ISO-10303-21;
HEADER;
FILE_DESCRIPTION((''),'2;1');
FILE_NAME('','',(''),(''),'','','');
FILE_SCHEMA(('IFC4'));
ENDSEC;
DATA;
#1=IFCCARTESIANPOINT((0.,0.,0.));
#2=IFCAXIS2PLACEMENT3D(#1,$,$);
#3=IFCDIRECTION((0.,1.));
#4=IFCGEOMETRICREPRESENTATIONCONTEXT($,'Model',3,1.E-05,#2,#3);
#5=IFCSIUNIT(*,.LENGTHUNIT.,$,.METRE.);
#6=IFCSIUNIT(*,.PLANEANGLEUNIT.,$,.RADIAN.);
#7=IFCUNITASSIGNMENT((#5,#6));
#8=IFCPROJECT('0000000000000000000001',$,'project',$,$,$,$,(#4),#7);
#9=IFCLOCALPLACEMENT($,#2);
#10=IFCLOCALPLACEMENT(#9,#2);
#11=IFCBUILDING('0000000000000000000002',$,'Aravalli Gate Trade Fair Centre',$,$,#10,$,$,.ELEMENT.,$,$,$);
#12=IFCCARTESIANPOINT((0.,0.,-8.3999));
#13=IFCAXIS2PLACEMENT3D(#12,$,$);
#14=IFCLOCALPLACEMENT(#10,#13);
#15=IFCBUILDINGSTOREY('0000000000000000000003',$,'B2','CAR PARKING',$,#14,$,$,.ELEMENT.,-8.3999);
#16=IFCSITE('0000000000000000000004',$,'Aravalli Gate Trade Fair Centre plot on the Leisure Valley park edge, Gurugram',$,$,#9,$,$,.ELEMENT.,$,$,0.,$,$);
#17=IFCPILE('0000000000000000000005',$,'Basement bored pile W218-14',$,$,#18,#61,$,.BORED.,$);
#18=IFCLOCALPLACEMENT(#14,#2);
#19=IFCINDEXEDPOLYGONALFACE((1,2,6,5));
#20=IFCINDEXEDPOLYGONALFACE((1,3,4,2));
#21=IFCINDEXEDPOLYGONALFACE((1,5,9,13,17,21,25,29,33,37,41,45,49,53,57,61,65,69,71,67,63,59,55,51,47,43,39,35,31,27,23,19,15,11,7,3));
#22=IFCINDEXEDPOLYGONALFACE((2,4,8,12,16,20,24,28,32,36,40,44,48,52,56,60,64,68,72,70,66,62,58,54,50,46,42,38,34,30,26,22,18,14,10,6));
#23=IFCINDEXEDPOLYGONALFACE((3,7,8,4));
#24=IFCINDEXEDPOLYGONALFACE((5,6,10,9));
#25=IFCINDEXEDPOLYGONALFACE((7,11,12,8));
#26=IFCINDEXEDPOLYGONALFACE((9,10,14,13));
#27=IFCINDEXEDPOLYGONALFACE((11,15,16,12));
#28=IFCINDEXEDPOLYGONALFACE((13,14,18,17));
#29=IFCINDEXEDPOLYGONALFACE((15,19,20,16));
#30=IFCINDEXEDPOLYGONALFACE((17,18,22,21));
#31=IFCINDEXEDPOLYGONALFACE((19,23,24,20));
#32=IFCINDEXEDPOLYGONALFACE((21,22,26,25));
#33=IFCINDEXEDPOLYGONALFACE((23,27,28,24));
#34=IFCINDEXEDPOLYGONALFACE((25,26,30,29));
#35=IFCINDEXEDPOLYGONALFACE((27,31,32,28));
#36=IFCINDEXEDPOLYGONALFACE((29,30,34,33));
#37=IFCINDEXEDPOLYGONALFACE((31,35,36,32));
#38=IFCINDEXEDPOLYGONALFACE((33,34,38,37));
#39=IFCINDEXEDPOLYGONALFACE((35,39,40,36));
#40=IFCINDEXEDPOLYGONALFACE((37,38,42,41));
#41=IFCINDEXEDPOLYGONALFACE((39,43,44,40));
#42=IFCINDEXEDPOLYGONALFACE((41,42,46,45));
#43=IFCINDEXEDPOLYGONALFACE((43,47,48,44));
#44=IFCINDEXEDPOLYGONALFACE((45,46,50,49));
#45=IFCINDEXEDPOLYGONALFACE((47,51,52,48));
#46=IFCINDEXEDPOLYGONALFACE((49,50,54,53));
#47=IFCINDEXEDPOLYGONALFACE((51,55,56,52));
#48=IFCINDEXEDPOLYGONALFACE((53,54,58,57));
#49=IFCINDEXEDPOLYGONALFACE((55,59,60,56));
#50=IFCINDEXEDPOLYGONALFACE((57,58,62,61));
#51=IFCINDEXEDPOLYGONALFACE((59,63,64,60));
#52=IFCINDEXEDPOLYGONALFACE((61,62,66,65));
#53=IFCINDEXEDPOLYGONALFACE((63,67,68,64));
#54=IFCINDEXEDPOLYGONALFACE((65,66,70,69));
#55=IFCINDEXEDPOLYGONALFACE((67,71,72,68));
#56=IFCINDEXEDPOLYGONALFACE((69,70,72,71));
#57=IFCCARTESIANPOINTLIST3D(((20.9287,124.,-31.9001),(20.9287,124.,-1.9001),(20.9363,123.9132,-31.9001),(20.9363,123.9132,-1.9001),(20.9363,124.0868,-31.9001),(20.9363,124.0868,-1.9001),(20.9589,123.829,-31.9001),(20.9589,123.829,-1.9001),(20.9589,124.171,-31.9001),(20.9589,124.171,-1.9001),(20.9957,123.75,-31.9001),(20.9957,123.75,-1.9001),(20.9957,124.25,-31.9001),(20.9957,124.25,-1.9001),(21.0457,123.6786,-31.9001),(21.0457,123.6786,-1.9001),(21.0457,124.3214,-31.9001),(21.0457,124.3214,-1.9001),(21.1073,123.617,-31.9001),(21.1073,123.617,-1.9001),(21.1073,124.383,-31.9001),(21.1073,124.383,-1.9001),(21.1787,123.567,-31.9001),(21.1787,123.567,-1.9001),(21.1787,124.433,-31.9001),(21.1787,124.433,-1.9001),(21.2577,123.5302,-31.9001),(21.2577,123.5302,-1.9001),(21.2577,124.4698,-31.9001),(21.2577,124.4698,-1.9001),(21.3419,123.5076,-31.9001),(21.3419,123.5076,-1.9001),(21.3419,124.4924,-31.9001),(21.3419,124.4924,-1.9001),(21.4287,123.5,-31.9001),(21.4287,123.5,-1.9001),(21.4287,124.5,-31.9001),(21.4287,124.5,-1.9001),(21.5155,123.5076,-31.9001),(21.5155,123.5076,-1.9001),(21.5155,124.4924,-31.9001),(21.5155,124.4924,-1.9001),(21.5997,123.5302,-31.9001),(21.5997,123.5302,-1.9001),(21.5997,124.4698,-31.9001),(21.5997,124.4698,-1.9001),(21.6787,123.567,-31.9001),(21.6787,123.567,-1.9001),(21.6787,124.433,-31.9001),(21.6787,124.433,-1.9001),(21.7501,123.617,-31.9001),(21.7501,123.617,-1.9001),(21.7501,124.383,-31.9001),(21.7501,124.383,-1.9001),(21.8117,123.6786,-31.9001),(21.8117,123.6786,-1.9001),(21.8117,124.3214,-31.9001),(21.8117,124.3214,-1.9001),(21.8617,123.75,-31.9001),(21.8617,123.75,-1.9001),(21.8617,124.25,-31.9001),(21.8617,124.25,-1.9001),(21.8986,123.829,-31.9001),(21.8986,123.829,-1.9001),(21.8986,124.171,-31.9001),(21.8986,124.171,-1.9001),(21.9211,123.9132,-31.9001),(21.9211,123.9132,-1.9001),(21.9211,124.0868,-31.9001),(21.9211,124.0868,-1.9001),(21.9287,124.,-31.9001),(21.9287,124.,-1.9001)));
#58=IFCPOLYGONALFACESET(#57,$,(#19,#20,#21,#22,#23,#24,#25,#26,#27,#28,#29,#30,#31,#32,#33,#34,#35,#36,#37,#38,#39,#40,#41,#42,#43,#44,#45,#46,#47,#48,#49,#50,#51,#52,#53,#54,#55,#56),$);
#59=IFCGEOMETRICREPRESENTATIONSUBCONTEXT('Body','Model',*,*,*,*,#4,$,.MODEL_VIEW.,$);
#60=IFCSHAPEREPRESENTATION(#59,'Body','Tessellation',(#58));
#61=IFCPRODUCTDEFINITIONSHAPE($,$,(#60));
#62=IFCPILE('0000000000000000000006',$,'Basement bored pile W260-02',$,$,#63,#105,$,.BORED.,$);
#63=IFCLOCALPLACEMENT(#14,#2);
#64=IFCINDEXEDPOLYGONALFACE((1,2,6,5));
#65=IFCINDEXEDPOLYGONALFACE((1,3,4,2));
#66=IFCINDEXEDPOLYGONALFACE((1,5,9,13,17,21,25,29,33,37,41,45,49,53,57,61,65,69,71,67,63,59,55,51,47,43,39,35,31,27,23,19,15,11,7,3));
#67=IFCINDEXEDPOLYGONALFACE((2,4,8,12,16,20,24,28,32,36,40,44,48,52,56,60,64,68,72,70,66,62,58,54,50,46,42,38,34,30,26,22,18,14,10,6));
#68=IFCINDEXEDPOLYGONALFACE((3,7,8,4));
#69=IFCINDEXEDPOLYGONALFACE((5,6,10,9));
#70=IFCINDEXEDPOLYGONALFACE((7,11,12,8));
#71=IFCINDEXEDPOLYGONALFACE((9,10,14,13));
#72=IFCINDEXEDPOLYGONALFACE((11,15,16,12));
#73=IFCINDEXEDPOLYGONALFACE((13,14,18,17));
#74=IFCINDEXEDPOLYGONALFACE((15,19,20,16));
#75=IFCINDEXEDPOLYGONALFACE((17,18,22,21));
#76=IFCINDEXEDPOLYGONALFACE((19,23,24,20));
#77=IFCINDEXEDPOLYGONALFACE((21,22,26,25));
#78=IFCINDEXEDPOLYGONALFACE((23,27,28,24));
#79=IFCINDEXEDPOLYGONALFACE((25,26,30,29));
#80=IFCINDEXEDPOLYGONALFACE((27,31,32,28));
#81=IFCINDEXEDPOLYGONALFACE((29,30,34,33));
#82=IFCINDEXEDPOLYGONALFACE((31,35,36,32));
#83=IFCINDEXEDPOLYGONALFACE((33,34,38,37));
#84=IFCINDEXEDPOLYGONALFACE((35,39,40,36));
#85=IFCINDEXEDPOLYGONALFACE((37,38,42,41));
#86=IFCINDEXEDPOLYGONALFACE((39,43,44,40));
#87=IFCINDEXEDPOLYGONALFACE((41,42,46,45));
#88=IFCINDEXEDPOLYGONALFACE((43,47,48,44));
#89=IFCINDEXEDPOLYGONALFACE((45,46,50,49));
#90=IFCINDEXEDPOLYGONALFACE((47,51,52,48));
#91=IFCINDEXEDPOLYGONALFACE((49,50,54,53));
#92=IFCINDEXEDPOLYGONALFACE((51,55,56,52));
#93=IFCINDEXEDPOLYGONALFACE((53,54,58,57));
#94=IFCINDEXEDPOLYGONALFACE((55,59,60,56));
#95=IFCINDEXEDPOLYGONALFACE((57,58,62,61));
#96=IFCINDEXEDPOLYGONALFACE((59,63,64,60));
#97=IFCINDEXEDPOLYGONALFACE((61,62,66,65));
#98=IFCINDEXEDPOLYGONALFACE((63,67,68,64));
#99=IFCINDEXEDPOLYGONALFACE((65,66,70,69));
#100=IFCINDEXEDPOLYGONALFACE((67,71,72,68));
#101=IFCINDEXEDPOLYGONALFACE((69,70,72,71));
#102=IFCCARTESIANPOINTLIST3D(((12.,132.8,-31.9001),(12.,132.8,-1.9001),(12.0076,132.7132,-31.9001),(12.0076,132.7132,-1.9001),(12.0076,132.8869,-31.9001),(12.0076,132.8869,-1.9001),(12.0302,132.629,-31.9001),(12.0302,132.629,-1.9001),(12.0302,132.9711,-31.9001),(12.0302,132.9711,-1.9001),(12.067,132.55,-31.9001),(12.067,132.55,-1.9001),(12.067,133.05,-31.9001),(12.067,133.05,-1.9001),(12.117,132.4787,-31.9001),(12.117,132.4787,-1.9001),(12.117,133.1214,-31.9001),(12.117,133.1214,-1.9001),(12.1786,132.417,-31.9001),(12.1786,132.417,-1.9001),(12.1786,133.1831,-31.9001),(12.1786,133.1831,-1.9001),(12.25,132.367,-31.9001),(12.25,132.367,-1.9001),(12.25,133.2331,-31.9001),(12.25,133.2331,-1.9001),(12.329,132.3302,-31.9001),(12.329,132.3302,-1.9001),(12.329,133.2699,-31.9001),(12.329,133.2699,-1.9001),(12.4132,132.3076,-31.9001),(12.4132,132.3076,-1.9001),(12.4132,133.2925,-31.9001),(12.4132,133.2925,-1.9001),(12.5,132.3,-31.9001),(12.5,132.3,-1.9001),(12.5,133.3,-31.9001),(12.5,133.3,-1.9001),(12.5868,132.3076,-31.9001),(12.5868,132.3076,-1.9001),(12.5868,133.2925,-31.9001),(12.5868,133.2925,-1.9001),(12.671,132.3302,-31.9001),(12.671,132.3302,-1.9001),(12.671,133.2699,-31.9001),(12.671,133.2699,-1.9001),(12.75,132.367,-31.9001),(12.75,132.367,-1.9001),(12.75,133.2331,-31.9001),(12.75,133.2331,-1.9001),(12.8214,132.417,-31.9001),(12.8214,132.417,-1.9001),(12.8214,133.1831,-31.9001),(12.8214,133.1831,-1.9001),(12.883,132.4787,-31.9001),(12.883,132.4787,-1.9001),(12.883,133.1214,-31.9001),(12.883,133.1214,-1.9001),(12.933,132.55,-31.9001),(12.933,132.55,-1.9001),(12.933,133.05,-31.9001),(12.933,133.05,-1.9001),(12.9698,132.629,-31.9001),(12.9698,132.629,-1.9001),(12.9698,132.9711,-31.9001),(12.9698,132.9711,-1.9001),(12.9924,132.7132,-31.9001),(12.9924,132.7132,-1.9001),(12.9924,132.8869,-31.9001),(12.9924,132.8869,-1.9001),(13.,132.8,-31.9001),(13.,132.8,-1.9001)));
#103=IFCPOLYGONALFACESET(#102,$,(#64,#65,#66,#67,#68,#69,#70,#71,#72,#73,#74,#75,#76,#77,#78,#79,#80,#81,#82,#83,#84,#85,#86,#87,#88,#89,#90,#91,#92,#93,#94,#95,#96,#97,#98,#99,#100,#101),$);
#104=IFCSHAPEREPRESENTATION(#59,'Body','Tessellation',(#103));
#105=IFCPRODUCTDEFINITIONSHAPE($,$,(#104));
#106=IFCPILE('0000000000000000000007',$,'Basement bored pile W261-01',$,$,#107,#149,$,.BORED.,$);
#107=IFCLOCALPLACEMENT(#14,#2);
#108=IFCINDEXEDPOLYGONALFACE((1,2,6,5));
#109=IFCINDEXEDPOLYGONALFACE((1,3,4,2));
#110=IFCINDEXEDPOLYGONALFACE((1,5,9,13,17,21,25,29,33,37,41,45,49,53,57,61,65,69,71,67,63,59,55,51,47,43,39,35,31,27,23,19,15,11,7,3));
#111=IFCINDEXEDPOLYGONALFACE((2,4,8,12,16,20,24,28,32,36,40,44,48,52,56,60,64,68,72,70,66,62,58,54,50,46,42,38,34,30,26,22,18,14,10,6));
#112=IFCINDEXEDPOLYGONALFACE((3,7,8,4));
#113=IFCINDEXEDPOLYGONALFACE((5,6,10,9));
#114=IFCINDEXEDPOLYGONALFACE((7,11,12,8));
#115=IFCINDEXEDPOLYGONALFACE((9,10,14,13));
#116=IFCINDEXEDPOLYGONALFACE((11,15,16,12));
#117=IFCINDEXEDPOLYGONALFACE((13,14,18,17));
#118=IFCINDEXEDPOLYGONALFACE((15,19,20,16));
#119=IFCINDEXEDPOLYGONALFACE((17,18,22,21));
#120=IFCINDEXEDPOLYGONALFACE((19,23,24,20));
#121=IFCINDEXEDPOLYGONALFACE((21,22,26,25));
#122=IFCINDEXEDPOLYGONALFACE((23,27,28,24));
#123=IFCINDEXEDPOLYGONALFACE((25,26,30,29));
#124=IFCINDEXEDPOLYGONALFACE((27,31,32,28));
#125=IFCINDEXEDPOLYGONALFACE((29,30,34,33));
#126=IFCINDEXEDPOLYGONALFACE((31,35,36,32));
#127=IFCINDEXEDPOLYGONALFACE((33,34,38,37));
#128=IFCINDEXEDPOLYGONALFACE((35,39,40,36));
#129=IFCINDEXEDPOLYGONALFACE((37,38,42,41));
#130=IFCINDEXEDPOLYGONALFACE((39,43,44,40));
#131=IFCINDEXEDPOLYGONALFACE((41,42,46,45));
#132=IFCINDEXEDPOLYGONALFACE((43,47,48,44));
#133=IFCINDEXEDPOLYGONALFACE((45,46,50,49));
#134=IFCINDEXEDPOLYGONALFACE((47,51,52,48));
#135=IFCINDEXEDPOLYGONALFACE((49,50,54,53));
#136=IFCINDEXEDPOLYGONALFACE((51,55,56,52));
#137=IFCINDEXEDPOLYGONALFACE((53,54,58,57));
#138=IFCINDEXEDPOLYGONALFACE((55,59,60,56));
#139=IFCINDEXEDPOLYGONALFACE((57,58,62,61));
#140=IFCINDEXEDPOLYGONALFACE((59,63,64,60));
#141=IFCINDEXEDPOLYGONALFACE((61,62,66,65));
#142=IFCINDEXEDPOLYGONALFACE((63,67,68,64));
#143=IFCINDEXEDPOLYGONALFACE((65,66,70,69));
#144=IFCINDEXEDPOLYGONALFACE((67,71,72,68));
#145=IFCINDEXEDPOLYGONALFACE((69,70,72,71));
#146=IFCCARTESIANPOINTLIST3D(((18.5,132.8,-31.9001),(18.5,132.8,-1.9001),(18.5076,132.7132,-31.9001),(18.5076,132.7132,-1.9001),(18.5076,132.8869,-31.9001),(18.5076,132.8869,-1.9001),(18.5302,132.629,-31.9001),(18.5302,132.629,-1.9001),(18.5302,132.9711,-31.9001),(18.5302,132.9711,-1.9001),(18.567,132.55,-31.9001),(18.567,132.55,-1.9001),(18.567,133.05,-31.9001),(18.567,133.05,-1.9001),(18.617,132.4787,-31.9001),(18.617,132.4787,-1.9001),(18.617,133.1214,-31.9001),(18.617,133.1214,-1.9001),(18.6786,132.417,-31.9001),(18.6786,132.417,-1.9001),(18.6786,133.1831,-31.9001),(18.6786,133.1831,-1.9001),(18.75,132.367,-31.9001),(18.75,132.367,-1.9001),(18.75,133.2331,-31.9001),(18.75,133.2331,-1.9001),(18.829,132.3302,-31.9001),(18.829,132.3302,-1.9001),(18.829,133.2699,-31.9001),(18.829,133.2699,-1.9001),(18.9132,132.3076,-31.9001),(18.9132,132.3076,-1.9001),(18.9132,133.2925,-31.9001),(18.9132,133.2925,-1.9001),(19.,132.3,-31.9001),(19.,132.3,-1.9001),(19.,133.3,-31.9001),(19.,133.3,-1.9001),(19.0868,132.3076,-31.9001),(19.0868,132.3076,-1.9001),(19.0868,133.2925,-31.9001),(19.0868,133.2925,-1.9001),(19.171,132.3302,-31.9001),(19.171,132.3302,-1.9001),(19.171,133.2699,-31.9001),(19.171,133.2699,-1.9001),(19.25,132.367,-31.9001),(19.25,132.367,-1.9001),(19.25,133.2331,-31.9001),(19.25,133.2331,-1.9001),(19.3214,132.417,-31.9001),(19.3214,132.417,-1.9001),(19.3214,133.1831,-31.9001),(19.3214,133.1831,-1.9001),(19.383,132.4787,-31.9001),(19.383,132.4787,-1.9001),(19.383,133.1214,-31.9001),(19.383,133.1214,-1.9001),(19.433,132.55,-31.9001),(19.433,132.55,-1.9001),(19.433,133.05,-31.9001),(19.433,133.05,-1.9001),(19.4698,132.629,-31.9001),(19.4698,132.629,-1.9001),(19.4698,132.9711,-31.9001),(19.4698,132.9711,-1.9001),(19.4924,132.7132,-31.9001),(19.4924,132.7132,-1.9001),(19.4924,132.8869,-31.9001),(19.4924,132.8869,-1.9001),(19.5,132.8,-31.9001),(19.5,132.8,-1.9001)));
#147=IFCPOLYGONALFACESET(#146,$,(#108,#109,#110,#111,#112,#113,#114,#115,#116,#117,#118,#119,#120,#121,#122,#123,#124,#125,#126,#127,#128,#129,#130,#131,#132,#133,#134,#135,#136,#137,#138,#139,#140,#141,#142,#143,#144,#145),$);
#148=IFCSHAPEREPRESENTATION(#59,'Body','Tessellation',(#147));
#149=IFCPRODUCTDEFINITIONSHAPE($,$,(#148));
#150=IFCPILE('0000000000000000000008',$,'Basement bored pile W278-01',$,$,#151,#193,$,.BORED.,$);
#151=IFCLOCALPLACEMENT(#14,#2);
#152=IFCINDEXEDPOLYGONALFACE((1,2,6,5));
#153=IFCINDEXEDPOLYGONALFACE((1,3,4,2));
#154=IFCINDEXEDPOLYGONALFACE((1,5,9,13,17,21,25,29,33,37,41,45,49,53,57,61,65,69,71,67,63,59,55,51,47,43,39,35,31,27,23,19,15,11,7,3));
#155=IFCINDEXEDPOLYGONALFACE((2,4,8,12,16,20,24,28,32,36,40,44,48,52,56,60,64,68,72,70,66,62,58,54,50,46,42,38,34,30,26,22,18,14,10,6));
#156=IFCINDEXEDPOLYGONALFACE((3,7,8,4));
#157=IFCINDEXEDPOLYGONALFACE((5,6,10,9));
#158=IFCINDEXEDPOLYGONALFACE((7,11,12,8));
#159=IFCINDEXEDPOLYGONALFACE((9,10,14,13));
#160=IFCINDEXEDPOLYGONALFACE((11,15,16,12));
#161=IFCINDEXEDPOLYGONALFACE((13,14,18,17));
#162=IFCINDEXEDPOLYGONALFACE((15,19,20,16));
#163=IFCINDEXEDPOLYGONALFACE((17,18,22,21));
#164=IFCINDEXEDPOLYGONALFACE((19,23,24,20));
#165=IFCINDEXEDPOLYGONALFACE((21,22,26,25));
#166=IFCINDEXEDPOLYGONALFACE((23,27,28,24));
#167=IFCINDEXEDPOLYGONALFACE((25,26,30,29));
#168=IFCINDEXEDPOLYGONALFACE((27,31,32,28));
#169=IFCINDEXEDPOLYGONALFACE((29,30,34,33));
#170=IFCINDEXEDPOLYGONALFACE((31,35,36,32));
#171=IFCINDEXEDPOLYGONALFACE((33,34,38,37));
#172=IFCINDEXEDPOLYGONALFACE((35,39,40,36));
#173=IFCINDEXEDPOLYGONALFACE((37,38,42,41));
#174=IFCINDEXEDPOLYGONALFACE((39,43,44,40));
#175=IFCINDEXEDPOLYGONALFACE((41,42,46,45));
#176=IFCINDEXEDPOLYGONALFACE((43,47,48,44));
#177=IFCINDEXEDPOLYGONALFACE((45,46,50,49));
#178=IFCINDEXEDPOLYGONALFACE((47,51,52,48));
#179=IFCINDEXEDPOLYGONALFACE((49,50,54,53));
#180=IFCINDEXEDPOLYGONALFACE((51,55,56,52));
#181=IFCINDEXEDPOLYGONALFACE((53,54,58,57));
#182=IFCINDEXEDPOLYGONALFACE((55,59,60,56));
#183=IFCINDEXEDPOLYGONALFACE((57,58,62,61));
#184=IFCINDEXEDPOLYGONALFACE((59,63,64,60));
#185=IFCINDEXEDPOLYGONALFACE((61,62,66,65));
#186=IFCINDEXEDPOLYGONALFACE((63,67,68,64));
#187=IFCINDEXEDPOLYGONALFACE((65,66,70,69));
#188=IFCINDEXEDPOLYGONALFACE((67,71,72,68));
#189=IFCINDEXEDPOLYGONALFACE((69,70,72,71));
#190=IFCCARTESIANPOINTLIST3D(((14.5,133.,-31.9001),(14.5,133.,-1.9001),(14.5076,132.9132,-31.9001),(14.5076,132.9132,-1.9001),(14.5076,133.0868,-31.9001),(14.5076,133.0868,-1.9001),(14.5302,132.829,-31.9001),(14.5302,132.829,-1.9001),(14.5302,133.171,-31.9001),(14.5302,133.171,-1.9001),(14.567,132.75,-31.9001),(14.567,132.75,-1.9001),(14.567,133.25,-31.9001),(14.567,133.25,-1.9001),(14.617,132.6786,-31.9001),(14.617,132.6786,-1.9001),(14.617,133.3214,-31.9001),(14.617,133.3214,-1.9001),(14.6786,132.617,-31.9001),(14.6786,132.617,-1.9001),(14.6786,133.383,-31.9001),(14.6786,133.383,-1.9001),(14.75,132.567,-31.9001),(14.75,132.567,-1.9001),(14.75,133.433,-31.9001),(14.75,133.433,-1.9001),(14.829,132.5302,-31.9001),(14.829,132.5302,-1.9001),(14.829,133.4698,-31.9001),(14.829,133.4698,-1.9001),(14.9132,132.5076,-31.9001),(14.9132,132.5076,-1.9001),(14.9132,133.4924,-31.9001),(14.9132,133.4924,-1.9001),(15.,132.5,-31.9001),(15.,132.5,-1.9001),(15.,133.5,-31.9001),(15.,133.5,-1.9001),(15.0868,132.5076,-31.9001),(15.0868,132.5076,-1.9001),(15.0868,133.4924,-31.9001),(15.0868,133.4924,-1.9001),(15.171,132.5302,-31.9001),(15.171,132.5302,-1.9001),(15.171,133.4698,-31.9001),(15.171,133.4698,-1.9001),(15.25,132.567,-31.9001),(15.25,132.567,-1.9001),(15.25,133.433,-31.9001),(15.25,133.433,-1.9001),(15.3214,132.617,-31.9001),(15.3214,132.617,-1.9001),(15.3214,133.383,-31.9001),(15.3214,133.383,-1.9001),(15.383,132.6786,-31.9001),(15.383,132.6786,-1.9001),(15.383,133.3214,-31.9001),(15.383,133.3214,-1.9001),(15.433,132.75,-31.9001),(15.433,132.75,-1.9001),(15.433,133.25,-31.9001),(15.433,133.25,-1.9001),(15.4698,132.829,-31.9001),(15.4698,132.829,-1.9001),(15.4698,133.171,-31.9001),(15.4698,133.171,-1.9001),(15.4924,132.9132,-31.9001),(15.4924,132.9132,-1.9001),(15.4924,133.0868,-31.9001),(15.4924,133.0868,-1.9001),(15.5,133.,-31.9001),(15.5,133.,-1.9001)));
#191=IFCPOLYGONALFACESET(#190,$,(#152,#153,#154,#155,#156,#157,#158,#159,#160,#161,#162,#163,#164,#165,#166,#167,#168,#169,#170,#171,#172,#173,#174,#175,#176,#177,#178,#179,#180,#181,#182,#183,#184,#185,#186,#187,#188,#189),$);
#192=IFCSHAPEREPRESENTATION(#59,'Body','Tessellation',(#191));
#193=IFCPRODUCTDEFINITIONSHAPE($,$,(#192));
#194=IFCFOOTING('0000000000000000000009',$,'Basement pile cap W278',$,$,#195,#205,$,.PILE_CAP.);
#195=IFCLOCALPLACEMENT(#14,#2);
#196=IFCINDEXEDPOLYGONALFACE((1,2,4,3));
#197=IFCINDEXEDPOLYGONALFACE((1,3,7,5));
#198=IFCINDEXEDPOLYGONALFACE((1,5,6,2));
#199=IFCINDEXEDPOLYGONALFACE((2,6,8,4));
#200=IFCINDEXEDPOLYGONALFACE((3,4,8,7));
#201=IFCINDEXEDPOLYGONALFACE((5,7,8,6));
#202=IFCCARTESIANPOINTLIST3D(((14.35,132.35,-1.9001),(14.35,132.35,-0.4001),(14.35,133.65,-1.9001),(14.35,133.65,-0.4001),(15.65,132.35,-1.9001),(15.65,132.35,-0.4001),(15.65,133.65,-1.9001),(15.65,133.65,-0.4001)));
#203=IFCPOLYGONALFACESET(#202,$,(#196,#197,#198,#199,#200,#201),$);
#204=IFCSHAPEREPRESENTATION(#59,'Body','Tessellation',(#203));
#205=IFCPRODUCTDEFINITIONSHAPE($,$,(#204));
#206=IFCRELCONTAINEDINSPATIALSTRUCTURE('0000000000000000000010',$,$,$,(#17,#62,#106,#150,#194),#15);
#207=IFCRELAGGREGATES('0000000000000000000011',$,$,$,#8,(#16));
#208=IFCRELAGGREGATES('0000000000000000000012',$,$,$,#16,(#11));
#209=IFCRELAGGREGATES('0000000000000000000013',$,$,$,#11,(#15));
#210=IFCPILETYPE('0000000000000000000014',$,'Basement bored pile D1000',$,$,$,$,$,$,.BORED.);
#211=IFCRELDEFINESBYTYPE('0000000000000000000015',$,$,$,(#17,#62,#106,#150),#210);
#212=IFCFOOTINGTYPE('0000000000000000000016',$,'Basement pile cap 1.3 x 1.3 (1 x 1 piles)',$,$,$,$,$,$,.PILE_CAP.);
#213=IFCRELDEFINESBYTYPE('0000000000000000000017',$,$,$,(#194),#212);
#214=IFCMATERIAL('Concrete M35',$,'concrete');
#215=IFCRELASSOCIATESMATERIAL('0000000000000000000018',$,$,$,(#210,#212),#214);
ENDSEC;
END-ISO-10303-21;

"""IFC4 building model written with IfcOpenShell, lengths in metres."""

from ifc_helpers import new_model, si_unit, direction, frame, origin, origin_2d, place, context, subcontext, project, spatial, rectangle, circle, extrude, material, material_profile, profile_set, type_object, element, save


model = new_model("IFC4")

# Units and contexts
model_context = context("Model", 3, precision=1e-05, world=origin(), true_north=direction((0.0, 1.0)))
body_context = subcontext(model_context, "Body", "Model", "MODEL_VIEW")
ifc_project = project(units=[si_unit("LENGTHUNIT", "METRE"), si_unit("PLANEANGLEUNIT", "RADIAN")], contexts=[model_context])

# Site, building, storey
site_placement = place(None, origin())
site = spatial("IfcSite", under=ifc_project, at=site_placement, Name="Aravalli Gate Trade Fair Centre plot on the Leisure Valley park edge, Gurugram", CompositionType="ELEMENT", RefElevation=0.0)
building_placement = place(site_placement, origin())
building = spatial("IfcBuilding", under=site, at=building_placement, Name="Aravalli Gate Trade Fair Centre", CompositionType="ELEMENT")
storey_placement = place(building_placement, frame((0.0, 0.0, -8.3999)))
storey = spatial("IfcBuildingStorey", under=building, at=storey_placement, Name="B2", Description="CAR PARKING", CompositionType="ELEMENT", Elevation=-8.3999)

# Piles
ifc_material_1 = material(Name="Concrete M35", Category="concrete")
ifc_material_profile_1 = material_profile(ifc_material_1, circle(Radius=0.5, at=origin_2d()), Name="D1000")
ifc_profile_set_1 = profile_set([ifc_material_profile_1], Name="Concrete M35")
pile_type = type_object("IfcPileType", Name="Basement bored pile D1000", PredefinedType="BORED", material=ifc_profile_set_1)
for number, where, z_axis, x_axis, name in (
    (1, (21.4287, 124.0, -1.9001), (0.0, 0.0, -1.0), (1.0, 0.0, 0.0), "Basement bored pile W218-14"),
    (2, (12.5, 132.8, -1.9001), (0.0, 0.0, -1.0), (1.0, 0.0, 0.0), "Basement bored pile W260-02"),
    (3, (19.0, 132.8, -1.9001), (0.0, 0.0, -1.0), (1.0, 0.0, 0.0), "Basement bored pile W261-01"),
    (4, (15.0, 133.0, -1.9001), (0.0, 0.0, -1.0), (1.0, 0.0, 0.0), "Basement bored pile W278-01"),
):
    element("IfcPile", number, at=place(storey_placement, frame(where, z_axis=z_axis, x_axis=x_axis)), inside=storey, type_object=pile_type, Name=name, PredefinedType="BORED", context=body_context, shape_type="SweptSolid", body=[
        extrude(circle(Radius=0.5, at=origin_2d()), origin(), (0.0, 0.0, 1.0), 30.0),
    ])

# Footing
footing_type_1 = type_object("IfcFootingType", Name="Basement pile cap 1.3 x 1.3 (1 x 1 piles)", PredefinedType="PILE_CAP", material=ifc_material_1)
footing_1_placement = place(storey_placement, frame((15.0, 133.0, -1.9001), z_axis=(0.0, 0.0, 1.0), x_axis=(1.0, 0.0, 0.0)))
element("IfcFooting", 5, at=footing_1_placement, inside=storey, type_object=footing_type_1, Name="Basement pile cap W278", PredefinedType="PILE_CAP", context=body_context, shape_type="SweptSolid", body=[
    extrude(rectangle(XDim=1.3, YDim=1.3, at=origin_2d()), origin(), (0.0, 0.0, 1.0), 1.5),
])

save(model, "model.ifc")
